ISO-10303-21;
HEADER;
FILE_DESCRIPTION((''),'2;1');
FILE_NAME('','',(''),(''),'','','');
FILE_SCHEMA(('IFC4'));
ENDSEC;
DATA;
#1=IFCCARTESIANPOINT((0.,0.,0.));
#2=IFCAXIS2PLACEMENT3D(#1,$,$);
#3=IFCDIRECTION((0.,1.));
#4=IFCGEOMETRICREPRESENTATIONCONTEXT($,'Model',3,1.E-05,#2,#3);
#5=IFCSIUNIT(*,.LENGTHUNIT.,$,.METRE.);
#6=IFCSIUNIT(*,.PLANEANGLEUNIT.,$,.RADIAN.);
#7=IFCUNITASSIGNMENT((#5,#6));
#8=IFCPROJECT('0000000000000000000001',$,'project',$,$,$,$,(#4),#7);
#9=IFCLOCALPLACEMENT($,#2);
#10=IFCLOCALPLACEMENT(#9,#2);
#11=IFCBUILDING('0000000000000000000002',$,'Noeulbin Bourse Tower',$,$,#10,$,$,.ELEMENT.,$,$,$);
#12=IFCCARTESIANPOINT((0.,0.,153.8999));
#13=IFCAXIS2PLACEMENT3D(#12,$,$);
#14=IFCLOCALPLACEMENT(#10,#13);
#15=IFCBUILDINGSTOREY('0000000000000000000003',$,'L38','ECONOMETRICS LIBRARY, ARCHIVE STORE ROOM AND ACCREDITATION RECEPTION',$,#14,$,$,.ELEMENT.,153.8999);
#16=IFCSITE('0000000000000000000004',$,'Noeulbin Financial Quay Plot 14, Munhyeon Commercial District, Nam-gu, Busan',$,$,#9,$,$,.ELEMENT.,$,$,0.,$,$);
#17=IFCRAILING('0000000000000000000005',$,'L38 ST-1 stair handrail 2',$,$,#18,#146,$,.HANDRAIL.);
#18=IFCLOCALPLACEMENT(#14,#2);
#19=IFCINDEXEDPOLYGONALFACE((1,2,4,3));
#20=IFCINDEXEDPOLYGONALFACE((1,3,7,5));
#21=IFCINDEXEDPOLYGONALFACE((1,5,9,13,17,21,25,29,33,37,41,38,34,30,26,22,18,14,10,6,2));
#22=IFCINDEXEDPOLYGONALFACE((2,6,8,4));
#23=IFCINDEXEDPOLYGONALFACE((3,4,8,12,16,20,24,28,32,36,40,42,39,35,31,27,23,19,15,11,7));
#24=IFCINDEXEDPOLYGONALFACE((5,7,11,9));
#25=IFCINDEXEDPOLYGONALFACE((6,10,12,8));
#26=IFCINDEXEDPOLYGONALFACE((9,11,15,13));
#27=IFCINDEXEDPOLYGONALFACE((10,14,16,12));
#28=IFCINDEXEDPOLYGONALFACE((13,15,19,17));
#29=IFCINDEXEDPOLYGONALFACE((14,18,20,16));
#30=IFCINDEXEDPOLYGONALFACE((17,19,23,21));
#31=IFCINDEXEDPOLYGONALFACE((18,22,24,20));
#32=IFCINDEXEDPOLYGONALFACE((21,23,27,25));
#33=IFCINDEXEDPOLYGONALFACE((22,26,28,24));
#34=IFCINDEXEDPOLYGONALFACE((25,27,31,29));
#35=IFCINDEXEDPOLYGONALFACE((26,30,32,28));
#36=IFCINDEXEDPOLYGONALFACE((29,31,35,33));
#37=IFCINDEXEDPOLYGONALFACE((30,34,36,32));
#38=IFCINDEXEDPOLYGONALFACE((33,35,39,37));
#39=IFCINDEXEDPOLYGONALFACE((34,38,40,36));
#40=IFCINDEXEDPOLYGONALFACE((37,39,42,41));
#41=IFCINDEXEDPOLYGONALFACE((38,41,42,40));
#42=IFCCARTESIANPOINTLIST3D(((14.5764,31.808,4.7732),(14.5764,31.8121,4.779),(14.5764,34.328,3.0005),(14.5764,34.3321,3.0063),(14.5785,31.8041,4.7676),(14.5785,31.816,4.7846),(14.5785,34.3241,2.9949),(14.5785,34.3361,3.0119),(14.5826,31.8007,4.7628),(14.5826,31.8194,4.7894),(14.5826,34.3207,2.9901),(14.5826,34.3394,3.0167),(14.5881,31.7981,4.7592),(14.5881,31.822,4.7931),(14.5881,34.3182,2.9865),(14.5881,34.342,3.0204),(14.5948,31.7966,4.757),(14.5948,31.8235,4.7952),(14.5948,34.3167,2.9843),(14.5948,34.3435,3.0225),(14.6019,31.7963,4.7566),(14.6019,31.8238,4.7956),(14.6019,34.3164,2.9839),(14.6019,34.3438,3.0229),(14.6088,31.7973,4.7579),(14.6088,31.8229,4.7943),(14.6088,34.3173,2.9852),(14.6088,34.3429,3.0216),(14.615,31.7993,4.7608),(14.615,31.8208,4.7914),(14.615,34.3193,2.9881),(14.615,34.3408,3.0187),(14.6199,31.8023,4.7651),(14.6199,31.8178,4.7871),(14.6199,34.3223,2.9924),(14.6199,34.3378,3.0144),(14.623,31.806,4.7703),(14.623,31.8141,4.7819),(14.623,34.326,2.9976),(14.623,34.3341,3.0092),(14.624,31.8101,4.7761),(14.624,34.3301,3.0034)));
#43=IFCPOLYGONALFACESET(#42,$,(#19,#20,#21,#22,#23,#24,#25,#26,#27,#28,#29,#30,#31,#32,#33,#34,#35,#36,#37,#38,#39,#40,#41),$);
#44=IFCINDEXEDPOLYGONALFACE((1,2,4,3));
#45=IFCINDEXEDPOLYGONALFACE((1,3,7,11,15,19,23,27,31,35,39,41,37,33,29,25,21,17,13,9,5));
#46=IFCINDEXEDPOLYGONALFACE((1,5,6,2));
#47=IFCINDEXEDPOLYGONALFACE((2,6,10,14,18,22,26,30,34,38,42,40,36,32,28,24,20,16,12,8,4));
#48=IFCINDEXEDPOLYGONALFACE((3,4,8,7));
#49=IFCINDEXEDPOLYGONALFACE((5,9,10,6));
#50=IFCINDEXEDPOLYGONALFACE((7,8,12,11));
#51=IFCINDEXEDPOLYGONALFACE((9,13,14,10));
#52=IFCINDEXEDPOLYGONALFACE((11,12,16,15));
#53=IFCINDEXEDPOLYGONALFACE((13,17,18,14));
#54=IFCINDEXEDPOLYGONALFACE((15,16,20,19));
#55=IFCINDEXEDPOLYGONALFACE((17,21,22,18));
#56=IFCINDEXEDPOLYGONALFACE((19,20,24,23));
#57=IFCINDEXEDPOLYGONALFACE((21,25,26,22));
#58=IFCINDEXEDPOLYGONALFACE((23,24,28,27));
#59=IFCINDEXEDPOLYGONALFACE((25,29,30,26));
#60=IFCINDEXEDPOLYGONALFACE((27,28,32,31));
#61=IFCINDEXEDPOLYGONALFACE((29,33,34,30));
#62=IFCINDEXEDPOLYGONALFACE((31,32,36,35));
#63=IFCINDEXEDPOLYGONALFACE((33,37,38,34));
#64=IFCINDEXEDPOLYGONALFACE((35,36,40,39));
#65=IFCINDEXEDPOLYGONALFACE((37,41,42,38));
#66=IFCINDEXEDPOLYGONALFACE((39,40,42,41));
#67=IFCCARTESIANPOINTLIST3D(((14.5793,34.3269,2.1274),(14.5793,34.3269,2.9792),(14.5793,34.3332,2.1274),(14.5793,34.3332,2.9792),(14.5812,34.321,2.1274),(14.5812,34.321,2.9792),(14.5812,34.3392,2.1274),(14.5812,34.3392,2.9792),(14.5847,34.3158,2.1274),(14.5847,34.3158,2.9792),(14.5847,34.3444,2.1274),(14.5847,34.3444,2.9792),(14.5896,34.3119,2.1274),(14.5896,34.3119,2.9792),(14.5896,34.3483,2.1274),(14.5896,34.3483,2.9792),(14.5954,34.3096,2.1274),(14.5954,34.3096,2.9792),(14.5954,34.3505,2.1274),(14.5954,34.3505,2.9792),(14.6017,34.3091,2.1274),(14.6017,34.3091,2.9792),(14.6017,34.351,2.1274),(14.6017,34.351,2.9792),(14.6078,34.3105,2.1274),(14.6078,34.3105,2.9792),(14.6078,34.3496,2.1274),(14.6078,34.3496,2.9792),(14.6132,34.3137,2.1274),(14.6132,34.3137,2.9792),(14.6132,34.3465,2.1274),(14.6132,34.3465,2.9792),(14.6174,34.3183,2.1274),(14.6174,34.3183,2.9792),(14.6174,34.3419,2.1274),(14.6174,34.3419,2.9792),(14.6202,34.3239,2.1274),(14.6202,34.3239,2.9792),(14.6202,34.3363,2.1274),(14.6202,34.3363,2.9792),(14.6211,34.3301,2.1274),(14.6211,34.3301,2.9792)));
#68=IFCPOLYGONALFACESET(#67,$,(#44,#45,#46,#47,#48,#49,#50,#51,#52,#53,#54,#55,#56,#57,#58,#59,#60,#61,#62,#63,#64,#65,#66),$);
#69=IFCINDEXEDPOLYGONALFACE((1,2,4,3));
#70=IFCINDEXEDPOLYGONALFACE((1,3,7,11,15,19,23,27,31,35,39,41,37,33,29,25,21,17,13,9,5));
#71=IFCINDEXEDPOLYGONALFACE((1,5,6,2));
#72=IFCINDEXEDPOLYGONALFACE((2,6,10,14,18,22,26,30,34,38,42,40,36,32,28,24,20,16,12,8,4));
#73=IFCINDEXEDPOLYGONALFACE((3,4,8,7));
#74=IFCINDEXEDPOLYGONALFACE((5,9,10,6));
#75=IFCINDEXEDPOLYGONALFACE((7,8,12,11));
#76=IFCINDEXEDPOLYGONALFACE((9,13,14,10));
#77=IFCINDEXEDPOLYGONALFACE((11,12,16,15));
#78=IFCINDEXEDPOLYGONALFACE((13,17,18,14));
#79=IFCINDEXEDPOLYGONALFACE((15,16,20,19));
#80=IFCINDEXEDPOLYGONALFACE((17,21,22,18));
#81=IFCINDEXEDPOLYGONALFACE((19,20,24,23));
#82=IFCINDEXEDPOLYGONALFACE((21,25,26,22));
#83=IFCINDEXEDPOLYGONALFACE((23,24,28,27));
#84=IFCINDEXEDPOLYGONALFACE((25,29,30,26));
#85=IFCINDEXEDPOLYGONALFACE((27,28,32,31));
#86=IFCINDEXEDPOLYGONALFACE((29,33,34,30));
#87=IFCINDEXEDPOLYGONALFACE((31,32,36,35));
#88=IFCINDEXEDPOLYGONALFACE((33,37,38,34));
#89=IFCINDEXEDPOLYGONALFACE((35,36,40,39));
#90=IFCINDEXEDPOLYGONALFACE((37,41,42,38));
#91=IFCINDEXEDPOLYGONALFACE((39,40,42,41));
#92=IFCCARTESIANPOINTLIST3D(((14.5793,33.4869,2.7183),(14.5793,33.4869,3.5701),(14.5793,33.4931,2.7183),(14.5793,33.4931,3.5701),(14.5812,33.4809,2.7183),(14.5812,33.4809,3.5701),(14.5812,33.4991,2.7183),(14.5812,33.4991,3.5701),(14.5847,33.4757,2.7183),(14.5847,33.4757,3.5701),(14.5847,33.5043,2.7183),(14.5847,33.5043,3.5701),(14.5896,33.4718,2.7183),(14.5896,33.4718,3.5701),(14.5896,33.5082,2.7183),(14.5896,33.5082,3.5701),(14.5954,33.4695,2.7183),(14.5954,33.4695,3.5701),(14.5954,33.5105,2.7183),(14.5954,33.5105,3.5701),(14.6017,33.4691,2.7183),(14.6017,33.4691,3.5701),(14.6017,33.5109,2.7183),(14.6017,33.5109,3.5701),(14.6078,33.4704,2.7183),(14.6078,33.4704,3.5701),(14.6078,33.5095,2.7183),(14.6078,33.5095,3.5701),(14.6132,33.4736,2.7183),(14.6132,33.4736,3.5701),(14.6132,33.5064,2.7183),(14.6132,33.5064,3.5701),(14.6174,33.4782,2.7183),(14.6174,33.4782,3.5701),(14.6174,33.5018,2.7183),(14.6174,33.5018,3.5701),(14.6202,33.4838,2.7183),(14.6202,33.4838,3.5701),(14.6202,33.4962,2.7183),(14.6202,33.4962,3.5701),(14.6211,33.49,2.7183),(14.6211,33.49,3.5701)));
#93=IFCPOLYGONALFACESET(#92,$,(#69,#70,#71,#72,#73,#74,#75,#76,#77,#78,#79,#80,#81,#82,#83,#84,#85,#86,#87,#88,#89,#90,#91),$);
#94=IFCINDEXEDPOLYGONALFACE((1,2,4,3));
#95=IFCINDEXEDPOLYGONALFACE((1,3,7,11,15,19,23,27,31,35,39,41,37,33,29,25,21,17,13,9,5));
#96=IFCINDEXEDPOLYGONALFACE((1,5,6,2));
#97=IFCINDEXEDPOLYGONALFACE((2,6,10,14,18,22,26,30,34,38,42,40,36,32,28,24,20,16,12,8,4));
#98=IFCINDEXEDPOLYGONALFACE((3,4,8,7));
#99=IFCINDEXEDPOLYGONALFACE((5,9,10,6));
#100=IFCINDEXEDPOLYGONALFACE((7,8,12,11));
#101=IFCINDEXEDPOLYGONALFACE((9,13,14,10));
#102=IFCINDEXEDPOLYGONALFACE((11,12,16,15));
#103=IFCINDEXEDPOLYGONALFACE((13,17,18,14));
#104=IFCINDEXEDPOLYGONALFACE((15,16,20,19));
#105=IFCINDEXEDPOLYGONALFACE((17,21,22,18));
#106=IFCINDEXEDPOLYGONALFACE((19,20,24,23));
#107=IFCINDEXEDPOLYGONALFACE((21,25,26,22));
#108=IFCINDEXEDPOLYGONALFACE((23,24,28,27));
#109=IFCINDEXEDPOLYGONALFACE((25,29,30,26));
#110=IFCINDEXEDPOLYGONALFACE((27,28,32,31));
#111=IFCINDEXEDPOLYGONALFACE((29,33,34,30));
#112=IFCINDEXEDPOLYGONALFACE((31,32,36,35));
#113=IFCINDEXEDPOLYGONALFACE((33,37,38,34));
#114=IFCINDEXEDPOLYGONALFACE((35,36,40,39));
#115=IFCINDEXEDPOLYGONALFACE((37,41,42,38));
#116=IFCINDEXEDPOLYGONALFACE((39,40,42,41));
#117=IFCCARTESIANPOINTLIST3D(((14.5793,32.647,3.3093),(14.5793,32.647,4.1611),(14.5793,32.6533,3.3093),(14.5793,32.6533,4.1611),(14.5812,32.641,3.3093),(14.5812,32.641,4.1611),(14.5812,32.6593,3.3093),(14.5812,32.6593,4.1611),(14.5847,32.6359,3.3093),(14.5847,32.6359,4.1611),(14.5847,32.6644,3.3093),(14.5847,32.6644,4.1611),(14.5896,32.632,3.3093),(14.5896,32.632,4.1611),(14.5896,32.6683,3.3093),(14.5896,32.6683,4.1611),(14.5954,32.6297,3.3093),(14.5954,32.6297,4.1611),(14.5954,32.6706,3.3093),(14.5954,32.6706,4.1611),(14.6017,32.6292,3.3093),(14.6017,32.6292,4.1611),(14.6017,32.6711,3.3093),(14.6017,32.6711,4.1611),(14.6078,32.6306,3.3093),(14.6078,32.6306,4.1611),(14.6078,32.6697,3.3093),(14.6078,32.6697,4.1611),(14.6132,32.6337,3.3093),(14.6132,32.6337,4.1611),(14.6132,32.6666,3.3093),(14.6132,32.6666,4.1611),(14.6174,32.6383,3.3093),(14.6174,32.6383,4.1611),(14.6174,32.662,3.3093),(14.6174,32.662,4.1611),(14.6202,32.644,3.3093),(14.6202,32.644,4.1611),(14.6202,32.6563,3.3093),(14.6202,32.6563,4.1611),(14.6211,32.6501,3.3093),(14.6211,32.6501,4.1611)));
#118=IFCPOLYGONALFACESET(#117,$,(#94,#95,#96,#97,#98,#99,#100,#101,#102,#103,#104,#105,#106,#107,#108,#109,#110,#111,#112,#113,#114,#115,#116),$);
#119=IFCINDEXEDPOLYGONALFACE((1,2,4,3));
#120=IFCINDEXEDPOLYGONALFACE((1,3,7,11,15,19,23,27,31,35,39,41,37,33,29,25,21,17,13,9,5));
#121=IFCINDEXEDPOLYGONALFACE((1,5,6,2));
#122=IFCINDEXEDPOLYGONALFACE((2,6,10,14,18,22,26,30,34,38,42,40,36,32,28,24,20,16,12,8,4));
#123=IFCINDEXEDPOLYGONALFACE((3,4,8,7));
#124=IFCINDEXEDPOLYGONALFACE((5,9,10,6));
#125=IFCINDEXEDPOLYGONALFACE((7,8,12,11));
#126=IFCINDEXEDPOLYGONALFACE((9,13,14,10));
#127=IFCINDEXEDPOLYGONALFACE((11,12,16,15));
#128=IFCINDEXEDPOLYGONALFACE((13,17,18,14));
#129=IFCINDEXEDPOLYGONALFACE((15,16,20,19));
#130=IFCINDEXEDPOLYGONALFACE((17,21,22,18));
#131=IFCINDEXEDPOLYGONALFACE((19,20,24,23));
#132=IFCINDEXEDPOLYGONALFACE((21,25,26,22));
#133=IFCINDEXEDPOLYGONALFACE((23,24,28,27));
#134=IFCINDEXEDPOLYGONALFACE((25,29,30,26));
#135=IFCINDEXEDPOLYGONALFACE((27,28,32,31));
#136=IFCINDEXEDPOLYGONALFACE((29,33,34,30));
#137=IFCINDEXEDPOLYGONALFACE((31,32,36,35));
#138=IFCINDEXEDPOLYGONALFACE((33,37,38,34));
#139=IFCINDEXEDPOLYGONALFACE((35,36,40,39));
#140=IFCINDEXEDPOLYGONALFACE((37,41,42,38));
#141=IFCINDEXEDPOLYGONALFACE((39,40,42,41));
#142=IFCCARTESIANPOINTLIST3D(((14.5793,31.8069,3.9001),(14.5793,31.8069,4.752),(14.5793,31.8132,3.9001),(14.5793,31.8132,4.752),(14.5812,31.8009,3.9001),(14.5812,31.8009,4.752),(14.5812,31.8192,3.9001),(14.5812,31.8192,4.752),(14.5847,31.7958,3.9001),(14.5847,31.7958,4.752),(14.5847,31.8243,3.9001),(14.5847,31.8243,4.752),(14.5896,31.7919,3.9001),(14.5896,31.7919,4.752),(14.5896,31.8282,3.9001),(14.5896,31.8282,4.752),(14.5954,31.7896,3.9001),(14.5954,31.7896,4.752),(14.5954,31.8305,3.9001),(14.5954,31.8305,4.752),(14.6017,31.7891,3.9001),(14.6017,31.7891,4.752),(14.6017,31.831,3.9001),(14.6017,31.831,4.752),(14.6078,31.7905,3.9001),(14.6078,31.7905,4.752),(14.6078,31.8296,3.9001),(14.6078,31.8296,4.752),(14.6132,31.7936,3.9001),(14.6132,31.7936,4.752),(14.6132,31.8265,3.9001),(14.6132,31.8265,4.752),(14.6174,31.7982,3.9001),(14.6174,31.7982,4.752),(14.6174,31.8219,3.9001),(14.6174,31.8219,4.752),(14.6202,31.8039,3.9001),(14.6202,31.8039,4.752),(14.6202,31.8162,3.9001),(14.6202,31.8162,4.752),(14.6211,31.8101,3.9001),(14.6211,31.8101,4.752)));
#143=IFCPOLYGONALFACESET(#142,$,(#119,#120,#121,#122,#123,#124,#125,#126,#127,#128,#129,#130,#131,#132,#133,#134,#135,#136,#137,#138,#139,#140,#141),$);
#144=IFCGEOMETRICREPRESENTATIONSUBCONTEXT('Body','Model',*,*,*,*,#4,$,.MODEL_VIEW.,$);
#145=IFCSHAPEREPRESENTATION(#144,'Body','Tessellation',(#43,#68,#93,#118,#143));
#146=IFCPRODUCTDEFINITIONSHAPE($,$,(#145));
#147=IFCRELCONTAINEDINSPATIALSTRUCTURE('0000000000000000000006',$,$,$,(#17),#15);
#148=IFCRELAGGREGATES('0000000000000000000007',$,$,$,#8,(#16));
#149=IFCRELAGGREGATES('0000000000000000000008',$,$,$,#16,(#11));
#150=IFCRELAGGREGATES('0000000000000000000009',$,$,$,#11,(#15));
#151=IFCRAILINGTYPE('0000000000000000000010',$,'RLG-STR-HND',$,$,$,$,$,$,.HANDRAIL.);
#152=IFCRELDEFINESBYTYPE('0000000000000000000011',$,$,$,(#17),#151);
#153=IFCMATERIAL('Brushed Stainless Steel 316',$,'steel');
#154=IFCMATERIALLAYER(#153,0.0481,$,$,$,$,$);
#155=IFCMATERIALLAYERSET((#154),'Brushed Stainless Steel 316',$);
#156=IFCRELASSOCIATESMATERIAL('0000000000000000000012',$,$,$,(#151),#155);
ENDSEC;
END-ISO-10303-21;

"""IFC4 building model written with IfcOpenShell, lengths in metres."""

from ifc_helpers import new_model, si_unit, direction, frame, origin, origin_2d, place, context, subcontext, project, spatial, circle, extrude, material, layer, layer_set, type_object, element, save


model = new_model("IFC4")

# Units and contexts
model_context = context("Model", 3, precision=1e-05, world=origin(), true_north=direction((0.0, 1.0)))
body_context = subcontext(model_context, "Body", "Model", "MODEL_VIEW")
ifc_project = project(units=[si_unit("LENGTHUNIT", "METRE"), si_unit("PLANEANGLEUNIT", "RADIAN")], contexts=[model_context])

# Site, building, storey
site_placement = place(None, origin())
site = spatial("IfcSite", under=ifc_project, at=site_placement, Name="Noeulbin Financial Quay Plot 14, Munhyeon Commercial District, Nam-gu, Busan", CompositionType="ELEMENT", RefElevation=0.0)
building_placement = place(site_placement, origin())
building = spatial("IfcBuilding", under=site, at=building_placement, Name="Noeulbin Bourse Tower", CompositionType="ELEMENT")
storey_placement = place(building_placement, frame((0.0, 0.0, 153.8999)))
storey = spatial("IfcBuildingStorey", under=building, at=storey_placement, Name="L38", Description="ECONOMETRICS LIBRARY, ARCHIVE STORE ROOM AND ACCREDITATION RECEPTION", CompositionType="ELEMENT", Elevation=153.8999)

# Railing
ifc_material_1 = material(Name="Brushed Stainless Steel 316", Category="steel")
ifc_layer_1 = layer(ifc_material_1, 0.0481)
ifc_layer_set_1 = layer_set([ifc_layer_1], Name="Brushed Stainless Steel 316")
railing_type = type_object("IfcRailingType", Name="RLG-STR-HND", PredefinedType="HANDRAIL", material=ifc_layer_set_1)
railing_placement = place(storey_placement, frame((14.6001, 34.3301, 2.1274)))
element("IfcRailing", 1, at=railing_placement, inside=storey, type_object=railing_type, Name="L38 ST-1 stair handrail 2", PredefinedType="HANDRAIL", context=body_context, shape_type="SweptSolid", body=[
    extrude(circle(Radius=0.0239, at=origin_2d()), frame((0.0, 0.0, 0.876), z_axis=(0.0, -0.817904, 0.575354), x_axis=(1.0, 0.0, 0.0)), (0.0, 0.0, 1.0), 3.0811),
    extrude(circle(Radius=0.021, at=origin_2d()), origin(), (0.0, 0.0, 1.0), 0.8518),
    extrude(circle(Radius=0.021, at=origin_2d()), frame((0.0, -0.8401, 0.5908)), (0.0, 0.0, 1.0), 0.8518),
    extrude(circle(Radius=0.021, at=origin_2d()), frame((0.0, -1.6799, 1.1819)), (0.0, 0.0, 1.0), 0.8518),
    extrude(circle(Radius=0.021, at=origin_2d()), frame((0.0, -2.52, 1.7727)), (0.0, 0.0, 1.0), 0.8518),
])

save(model, "model.ifc")
